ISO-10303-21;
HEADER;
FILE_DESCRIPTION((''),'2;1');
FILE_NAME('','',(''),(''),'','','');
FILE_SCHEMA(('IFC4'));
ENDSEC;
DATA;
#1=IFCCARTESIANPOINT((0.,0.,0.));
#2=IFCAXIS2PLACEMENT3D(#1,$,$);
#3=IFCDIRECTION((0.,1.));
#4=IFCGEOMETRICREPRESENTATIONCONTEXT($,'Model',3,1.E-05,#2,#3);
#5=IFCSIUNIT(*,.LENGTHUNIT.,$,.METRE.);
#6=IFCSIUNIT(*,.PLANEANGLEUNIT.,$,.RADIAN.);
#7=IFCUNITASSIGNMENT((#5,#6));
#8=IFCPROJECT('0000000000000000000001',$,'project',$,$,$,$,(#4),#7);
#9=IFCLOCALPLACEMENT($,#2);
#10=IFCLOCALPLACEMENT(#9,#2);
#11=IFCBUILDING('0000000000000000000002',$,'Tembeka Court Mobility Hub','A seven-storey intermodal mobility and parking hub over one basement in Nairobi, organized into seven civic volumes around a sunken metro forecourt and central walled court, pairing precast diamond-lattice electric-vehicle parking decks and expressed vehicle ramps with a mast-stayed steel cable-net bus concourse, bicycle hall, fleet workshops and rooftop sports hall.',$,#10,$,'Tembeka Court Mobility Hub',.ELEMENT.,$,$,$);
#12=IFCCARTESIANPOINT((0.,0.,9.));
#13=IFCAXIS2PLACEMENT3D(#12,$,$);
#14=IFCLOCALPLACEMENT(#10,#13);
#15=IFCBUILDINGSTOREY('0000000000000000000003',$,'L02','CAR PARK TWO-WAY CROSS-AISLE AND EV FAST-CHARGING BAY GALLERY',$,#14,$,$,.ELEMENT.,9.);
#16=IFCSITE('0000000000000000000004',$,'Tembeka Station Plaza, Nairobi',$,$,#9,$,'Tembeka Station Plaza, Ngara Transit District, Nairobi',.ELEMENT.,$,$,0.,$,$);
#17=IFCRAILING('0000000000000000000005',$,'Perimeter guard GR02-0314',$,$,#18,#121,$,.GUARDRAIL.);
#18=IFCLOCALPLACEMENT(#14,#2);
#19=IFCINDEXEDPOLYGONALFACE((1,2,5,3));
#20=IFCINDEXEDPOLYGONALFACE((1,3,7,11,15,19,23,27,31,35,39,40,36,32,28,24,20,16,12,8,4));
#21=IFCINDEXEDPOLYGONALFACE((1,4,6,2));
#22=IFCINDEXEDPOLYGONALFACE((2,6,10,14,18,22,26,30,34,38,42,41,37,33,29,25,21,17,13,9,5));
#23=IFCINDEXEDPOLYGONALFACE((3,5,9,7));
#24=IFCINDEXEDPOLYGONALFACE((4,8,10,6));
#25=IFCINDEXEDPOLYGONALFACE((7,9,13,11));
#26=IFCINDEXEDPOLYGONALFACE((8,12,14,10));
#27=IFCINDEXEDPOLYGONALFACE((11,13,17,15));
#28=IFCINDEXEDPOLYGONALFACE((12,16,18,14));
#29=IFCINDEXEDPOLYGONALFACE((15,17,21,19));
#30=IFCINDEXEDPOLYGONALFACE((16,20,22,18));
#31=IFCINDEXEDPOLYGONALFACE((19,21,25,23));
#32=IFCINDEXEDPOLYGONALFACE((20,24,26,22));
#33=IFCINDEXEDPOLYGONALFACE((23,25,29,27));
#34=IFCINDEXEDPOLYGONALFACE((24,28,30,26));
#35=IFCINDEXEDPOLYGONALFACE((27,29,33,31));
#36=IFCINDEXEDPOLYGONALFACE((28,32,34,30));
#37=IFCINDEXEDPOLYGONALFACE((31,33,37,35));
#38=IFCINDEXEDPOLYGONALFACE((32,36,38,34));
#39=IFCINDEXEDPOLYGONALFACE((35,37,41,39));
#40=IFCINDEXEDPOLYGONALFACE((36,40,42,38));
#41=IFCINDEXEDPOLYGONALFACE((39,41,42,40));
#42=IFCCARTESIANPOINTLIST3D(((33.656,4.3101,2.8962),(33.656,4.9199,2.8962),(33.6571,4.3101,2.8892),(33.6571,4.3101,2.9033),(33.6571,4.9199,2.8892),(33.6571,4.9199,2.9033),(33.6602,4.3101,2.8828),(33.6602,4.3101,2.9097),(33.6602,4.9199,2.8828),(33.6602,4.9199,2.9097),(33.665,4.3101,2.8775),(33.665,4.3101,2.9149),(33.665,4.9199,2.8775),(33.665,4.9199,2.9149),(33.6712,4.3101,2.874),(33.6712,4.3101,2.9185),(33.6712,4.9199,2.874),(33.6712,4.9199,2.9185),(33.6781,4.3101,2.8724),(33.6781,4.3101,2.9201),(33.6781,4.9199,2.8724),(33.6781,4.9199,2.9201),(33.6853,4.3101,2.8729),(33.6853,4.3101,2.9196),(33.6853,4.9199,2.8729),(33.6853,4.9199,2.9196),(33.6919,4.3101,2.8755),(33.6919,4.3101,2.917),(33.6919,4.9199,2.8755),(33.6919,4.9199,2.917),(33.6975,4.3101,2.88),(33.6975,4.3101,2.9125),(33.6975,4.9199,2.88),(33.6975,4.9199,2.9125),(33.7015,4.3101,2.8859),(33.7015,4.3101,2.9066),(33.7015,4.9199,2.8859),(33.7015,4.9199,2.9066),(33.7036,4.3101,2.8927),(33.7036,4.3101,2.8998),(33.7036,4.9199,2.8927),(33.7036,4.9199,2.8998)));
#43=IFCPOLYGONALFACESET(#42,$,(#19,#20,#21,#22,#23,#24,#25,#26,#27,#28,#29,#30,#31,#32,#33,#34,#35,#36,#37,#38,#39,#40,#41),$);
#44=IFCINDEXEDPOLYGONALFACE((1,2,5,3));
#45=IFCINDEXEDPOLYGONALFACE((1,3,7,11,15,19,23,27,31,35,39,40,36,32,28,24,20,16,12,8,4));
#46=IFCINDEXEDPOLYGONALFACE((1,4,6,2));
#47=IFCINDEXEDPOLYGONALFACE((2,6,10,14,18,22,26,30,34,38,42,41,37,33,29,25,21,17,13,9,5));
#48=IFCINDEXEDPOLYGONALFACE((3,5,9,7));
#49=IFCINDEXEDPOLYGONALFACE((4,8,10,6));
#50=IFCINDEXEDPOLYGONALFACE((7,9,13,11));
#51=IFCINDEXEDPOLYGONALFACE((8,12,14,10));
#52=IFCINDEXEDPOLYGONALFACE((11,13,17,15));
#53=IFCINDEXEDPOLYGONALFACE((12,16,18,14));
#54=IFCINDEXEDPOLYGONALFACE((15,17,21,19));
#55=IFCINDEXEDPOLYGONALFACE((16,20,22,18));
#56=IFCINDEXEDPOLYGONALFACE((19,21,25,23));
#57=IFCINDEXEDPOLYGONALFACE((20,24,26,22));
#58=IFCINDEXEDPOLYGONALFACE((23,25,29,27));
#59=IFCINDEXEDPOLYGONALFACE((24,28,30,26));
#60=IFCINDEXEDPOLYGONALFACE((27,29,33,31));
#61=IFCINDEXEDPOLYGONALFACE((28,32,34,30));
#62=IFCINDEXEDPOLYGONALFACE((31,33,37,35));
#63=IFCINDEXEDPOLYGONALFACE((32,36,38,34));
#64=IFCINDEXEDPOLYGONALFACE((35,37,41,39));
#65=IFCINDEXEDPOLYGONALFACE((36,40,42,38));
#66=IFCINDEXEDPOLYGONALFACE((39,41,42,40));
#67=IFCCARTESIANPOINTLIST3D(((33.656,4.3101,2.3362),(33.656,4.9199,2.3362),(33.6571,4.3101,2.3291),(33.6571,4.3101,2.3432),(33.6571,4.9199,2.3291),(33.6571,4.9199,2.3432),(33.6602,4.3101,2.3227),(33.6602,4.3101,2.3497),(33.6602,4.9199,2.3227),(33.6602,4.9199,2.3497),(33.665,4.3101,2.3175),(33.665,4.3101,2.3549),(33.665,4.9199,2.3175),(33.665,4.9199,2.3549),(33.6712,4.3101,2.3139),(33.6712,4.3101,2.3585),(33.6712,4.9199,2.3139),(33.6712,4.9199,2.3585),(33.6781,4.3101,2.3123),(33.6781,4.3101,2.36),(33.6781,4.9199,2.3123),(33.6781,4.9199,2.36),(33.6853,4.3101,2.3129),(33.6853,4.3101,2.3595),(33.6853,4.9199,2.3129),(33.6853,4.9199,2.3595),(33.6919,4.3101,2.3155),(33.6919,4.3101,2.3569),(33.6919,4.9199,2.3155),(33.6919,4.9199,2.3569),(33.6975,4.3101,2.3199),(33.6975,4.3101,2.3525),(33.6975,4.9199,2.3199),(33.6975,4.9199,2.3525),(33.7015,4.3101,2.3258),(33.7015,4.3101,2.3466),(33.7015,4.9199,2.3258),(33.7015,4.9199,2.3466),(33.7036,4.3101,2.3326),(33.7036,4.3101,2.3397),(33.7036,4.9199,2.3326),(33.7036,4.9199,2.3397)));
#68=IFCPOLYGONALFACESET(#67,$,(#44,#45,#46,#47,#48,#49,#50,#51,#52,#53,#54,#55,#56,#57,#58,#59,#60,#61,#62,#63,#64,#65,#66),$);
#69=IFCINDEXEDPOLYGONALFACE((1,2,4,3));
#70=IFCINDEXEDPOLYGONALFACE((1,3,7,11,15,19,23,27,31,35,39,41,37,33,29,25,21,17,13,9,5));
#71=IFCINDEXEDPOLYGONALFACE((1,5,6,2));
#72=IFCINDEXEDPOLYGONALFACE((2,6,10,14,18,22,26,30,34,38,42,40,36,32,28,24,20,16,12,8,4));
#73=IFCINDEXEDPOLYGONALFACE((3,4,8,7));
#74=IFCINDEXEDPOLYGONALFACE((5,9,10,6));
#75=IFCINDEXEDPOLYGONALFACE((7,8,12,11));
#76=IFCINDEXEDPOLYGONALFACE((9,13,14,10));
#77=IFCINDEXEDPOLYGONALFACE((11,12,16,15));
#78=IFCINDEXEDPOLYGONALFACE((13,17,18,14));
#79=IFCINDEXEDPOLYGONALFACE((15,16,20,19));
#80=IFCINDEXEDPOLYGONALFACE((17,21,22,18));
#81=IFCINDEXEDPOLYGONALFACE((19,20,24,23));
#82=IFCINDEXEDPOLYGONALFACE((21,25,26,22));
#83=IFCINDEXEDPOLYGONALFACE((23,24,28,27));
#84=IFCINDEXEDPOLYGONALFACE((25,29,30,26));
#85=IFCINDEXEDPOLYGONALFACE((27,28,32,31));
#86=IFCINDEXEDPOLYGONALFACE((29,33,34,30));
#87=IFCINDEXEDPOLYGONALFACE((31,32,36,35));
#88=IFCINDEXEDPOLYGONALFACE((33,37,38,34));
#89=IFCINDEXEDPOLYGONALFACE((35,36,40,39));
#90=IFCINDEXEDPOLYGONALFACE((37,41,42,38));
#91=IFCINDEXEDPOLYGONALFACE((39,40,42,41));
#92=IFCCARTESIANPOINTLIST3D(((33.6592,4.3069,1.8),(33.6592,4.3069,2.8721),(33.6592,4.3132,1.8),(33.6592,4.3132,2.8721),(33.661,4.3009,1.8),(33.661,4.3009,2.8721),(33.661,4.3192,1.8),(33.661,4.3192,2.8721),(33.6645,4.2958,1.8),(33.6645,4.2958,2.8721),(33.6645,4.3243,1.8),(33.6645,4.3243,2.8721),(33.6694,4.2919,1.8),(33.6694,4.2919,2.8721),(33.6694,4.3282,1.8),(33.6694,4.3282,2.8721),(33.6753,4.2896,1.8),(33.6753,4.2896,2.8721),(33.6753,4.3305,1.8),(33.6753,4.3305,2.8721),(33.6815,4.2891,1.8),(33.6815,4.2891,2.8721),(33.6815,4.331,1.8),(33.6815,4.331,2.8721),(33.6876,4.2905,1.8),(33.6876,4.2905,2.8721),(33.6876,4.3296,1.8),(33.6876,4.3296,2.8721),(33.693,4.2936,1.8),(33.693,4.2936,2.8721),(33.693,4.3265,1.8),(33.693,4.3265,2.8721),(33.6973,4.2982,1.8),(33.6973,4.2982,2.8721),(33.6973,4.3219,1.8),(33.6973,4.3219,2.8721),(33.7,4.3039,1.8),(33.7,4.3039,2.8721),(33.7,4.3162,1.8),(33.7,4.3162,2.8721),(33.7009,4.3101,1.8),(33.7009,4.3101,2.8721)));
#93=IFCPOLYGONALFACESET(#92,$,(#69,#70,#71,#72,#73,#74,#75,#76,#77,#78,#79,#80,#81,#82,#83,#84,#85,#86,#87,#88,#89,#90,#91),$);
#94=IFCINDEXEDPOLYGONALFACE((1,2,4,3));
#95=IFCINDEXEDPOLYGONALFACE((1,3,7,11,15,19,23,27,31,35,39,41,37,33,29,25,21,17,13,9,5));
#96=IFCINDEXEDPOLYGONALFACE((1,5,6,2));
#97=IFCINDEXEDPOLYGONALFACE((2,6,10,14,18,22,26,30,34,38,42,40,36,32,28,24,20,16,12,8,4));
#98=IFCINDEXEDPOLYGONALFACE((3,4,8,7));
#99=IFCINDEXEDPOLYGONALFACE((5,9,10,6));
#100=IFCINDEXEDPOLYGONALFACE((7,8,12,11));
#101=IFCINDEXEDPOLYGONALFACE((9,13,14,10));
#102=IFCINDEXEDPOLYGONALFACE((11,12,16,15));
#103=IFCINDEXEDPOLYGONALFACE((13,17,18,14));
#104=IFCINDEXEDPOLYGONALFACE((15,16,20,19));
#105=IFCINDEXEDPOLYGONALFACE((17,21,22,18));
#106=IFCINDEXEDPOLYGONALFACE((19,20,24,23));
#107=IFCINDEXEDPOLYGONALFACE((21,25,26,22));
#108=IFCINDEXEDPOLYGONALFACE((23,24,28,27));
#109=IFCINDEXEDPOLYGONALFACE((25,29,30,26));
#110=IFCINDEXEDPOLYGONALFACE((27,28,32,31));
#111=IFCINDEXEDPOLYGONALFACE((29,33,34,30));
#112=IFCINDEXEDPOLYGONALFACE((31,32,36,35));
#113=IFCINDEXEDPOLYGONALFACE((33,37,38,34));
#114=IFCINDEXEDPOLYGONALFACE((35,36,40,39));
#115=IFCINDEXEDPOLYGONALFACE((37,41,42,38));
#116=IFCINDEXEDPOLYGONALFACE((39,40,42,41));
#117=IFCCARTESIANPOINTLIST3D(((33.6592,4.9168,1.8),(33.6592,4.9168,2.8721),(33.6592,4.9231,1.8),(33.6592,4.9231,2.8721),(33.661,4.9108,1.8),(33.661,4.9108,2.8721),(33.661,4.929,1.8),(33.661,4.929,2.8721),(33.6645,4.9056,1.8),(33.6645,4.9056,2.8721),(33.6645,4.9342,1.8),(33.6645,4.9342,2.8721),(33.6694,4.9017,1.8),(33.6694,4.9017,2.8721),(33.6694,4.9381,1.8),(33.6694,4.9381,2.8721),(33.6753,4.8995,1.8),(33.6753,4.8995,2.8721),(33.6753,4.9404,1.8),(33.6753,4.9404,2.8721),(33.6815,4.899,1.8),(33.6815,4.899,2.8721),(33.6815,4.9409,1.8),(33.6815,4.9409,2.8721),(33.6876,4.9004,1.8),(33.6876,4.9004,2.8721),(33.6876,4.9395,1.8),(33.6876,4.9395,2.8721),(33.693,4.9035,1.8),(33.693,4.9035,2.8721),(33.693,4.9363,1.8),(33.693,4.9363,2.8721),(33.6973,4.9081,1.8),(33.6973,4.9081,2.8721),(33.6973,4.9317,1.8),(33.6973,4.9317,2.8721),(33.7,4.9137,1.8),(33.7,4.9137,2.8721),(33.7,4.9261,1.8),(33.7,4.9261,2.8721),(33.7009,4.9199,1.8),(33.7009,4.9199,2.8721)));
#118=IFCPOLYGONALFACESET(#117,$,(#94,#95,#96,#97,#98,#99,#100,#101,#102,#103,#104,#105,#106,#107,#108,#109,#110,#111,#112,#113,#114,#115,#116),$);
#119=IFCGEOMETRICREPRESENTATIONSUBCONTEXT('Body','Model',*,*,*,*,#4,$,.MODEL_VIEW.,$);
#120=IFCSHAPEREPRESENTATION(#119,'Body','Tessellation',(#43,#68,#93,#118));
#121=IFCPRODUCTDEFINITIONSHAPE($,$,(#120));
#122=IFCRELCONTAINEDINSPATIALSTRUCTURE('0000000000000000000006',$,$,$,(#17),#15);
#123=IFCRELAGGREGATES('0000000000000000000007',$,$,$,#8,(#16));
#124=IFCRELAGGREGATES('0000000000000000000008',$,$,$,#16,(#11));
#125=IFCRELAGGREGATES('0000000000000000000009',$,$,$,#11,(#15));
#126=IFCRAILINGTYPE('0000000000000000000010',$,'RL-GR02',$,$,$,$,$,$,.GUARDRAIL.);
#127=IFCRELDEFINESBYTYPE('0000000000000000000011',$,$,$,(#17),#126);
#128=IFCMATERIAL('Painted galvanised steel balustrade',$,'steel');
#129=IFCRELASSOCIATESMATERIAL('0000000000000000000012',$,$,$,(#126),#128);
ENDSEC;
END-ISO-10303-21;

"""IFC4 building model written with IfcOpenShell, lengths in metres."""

from ifc_helpers import new_model, si_unit, direction, frame, origin, origin_2d, place, context, subcontext, project, spatial, circle, extrude, material, type_object, element, save


model = new_model("IFC4")

# Units and contexts
model_context = context("Model", 3, precision=1e-05, world=origin(), true_north=direction((0.0, 1.0)))
body_context = subcontext(model_context, "Body", "Model", "MODEL_VIEW")
ifc_project = project(units=[si_unit("LENGTHUNIT", "METRE"), si_unit("PLANEANGLEUNIT", "RADIAN")], contexts=[model_context])

# Site, building, storey
site_placement = place(None, origin())
site = spatial("IfcSite", under=ifc_project, at=site_placement, Name="Tembeka Station Plaza, Nairobi", LongName="Tembeka Station Plaza, Ngara Transit District, Nairobi", CompositionType="ELEMENT", RefElevation=0.0)
building_placement = place(site_placement, origin())
building = spatial("IfcBuilding", under=site, at=building_placement, Name="Tembeka Court Mobility Hub", Description="A seven-storey intermodal mobility and parking hub over one basement in Nairobi, organized into seven civic volumes around a sunken metro forecourt and central walled court, pairing precast diamond-lattice electric-vehicle parking decks and expressed vehicle ramps with a mast-stayed steel cable-net bus concourse, bicycle hall, fleet workshops and rooftop sports hall.", LongName="Tembeka Court Mobility Hub", CompositionType="ELEMENT")
storey_placement = place(building_placement, frame((0.0, 0.0, 9.0)))
storey = spatial("IfcBuildingStorey", under=building, at=storey_placement, Name="L02", Description="CAR PARK TWO-WAY CROSS-AISLE AND EV FAST-CHARGING BAY GALLERY", CompositionType="ELEMENT", Elevation=9.0)

# Railing
ifc_material_1 = material(Name="Painted galvanised steel balustrade", Category="steel")
railing_type = type_object("IfcRailingType", Name="RL-GR02", PredefinedType="GUARDRAIL", material=ifc_material_1)
railing_1_placement = place(storey_placement, frame((33.6799, 4.3101, 1.8)))
element("IfcRailing", 1, at=railing_1_placement, inside=storey, type_object=railing_type, Name="Perimeter guard GR02-0314", PredefinedType="GUARDRAIL", context=body_context, shape_type="SweptSolid", body=[
    extrude(circle(Radius=0.0239, at=origin_2d()), frame((0.0, 0.0, 1.0962), z_axis=(0.0, 1.0, 0.0), x_axis=(-1.0, 0.0, 0.0)), (0.0, 0.0, 1.0), 0.6099),
    extrude(circle(Radius=0.0239, at=origin_2d()), frame((0.0, 0.0, 0.5361), z_axis=(0.0, 1.0, 0.0), x_axis=(-1.0, 0.0, 0.0)), (0.0, 0.0, 1.0), 0.6099),
    extrude(circle(Radius=0.021, at=origin_2d()), origin(), (0.0, 0.0, 1.0), 1.072),
    extrude(circle(Radius=0.021, at=origin_2d()), frame((0.0, 0.6099, 0.0)), (0.0, 0.0, 1.0), 1.072),
])

save(model, "model.ifc")
